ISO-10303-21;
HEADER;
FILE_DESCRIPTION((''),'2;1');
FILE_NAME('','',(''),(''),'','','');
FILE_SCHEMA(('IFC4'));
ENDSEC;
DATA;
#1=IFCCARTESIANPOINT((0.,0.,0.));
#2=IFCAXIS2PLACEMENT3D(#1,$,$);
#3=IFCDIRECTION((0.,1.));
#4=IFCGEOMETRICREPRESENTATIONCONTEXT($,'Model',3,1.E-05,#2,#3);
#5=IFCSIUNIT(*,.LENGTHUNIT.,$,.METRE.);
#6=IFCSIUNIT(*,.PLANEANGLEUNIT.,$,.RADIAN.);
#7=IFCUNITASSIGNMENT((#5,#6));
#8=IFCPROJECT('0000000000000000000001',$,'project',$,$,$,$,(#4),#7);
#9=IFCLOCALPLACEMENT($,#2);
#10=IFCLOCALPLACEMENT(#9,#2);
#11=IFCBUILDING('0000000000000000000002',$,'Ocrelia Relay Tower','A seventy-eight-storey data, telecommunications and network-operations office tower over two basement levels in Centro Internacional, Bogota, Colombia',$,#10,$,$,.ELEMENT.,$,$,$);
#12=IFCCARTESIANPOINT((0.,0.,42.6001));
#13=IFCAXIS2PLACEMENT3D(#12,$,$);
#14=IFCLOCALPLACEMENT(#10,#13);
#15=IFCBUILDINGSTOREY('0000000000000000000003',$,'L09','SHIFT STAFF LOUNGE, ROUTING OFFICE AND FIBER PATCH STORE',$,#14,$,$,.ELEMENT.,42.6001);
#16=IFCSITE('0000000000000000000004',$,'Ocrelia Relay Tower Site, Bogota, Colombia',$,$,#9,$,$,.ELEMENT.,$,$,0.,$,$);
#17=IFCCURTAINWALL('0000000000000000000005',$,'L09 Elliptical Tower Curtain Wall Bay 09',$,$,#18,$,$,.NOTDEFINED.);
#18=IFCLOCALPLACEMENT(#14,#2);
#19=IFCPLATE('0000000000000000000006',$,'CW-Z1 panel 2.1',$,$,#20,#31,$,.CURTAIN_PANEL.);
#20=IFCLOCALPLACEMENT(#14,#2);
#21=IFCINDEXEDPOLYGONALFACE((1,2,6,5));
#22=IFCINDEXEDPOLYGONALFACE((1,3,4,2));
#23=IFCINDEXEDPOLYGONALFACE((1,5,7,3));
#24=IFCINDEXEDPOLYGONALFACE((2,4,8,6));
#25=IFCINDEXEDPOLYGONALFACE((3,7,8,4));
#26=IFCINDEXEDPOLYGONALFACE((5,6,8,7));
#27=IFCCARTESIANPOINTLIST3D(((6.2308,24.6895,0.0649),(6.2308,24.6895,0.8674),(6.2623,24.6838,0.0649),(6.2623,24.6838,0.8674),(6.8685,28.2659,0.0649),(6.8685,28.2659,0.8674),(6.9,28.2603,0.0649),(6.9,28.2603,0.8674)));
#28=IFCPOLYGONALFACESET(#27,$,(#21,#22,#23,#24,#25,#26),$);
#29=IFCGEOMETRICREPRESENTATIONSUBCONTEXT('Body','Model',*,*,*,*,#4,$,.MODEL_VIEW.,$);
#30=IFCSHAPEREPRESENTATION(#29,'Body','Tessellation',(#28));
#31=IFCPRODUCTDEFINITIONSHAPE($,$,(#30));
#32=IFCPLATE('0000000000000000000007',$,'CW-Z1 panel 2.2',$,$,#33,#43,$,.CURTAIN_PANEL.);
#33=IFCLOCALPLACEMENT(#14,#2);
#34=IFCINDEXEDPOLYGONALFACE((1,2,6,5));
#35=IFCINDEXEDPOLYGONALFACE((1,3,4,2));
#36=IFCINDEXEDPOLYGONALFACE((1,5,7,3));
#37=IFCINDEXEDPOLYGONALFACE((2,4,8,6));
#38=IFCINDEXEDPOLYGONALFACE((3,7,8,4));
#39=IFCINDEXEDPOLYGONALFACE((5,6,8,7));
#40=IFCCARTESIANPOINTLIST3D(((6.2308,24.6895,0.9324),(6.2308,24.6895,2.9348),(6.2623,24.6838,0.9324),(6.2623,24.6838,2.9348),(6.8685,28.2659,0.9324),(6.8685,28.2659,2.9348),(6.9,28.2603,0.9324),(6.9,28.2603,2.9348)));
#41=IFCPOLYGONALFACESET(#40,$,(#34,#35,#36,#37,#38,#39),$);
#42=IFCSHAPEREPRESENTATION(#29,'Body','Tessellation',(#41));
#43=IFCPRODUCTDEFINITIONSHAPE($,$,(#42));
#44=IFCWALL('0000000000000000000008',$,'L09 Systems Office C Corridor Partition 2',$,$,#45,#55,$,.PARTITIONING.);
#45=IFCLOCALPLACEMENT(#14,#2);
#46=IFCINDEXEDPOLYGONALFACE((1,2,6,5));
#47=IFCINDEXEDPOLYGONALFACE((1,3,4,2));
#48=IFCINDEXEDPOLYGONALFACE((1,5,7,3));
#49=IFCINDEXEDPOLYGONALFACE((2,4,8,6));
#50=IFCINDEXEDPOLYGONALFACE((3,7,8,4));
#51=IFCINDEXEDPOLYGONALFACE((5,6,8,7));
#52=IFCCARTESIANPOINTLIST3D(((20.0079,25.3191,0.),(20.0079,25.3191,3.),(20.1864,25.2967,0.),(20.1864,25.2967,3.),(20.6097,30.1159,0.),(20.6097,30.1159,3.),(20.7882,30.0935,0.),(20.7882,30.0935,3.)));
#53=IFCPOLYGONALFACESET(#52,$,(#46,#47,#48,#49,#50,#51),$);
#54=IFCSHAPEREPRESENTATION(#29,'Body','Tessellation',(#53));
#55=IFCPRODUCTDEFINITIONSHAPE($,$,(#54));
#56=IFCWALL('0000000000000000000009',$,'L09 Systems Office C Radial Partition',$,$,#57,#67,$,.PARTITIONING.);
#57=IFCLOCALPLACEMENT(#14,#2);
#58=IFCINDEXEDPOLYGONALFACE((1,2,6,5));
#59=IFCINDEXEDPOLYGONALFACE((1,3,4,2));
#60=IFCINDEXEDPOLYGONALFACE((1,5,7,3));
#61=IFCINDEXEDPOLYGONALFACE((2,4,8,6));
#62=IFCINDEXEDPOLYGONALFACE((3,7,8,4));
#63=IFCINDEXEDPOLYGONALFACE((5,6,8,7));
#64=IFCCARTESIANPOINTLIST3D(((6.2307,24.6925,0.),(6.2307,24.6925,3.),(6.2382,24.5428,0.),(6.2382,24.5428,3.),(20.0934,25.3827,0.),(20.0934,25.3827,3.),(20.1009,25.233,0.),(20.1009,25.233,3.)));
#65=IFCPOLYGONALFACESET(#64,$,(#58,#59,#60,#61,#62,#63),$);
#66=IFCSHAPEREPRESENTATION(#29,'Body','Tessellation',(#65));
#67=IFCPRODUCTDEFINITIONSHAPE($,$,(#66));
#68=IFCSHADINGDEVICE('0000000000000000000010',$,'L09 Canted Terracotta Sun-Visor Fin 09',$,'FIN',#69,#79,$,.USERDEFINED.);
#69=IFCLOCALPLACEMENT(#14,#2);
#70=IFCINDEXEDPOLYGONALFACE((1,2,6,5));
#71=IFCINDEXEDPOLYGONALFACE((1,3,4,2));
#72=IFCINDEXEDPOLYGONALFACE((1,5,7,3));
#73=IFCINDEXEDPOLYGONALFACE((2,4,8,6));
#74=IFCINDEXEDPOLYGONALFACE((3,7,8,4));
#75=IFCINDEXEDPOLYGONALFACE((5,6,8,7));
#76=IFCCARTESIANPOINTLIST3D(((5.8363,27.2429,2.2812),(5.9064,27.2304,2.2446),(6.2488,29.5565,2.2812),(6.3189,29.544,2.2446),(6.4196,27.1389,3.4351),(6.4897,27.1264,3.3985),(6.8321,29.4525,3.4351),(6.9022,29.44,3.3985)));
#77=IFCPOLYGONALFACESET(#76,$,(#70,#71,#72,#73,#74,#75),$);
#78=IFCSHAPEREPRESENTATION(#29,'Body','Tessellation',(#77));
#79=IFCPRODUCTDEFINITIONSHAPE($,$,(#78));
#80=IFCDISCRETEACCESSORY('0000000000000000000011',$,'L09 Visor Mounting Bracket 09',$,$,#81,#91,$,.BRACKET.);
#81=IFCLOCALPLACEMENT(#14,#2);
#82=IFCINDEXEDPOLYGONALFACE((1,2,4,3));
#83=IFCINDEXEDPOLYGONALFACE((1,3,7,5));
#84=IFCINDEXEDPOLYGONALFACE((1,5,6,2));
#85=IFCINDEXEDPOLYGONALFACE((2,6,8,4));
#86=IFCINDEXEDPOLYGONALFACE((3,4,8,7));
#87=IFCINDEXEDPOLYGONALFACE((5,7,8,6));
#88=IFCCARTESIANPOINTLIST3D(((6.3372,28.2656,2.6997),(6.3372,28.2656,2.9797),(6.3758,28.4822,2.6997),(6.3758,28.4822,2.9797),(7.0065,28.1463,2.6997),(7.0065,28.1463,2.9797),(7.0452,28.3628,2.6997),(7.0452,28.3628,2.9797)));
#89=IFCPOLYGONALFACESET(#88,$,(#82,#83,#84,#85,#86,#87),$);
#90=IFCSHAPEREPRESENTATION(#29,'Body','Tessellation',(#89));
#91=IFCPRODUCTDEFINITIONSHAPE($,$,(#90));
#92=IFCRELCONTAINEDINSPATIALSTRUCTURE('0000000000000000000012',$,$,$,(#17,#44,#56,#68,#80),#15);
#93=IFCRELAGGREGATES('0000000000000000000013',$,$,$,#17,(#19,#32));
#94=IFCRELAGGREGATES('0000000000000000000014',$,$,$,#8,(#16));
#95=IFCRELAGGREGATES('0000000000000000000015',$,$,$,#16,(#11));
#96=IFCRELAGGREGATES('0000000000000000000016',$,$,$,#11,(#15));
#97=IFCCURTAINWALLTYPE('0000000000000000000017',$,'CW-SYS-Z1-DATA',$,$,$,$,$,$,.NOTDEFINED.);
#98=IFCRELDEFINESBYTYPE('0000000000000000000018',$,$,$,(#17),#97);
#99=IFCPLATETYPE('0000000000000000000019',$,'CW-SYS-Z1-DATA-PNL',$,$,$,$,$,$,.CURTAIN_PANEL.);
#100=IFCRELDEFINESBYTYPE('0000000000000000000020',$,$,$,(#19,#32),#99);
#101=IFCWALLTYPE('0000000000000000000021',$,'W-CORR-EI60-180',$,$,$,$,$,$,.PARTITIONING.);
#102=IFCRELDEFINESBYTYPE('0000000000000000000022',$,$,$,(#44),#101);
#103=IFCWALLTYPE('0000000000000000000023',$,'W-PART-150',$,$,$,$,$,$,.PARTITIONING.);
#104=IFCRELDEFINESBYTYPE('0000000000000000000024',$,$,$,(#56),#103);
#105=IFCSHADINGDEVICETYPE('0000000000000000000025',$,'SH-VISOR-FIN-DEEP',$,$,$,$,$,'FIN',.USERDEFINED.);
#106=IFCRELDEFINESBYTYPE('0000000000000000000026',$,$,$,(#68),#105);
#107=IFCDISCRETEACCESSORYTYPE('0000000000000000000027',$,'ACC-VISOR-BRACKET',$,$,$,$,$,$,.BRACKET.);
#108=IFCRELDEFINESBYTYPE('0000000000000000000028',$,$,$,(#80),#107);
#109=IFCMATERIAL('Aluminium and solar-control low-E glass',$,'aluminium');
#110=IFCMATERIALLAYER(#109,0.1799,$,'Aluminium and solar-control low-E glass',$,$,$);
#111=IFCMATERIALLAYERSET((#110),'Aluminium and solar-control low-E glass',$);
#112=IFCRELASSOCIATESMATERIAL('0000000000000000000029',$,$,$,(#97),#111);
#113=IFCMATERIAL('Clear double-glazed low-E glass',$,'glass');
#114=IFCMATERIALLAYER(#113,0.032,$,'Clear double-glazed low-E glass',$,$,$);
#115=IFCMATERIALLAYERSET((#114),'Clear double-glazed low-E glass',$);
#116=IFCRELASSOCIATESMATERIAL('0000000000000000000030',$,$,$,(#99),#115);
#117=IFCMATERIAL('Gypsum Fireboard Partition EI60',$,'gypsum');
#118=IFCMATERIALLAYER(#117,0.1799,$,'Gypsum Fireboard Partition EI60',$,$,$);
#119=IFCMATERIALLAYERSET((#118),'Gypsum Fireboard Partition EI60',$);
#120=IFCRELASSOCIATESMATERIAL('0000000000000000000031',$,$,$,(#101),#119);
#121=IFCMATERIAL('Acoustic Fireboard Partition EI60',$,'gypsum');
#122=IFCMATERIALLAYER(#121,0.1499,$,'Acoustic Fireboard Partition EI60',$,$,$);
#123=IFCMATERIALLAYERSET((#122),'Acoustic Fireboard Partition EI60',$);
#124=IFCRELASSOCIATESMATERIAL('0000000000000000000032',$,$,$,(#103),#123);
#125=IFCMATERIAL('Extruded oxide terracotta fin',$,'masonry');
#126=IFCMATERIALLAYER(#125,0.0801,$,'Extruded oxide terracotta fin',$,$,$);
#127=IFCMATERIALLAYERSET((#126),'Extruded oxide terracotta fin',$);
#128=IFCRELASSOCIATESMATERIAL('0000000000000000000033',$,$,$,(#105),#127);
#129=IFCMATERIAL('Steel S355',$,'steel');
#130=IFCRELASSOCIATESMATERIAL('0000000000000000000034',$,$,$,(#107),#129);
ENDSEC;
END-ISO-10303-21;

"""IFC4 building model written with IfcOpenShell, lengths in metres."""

from ifc_helpers import new_model, si_unit, direction, frame, frame_2d, origin, origin_2d, place, context, subcontext, project, spatial, rectangle, extrude, material, layer, layer_set, type_object, element, aggregate, save


model = new_model("IFC4")

# Units and contexts
model_context = context("Model", 3, precision=1e-05, world=origin(), true_north=direction((0.0, 1.0)))
body_context = subcontext(model_context, "Body", "Model", "MODEL_VIEW")
ifc_project = project(units=[si_unit("LENGTHUNIT", "METRE"), si_unit("PLANEANGLEUNIT", "RADIAN")], contexts=[model_context])

# Site, building, storey
site_placement = place(None, origin())
site = spatial("IfcSite", under=ifc_project, at=site_placement, Name="Ocrelia Relay Tower Site, Bogota, Colombia", CompositionType="ELEMENT", RefElevation=0.0)
building_placement = place(site_placement, origin())
building = spatial("IfcBuilding", under=site, at=building_placement, Name="Ocrelia Relay Tower", Description="A seventy-eight-storey data, telecommunications and network-operations office tower over two basement levels in Centro Internacional, Bogota, Colombia", CompositionType="ELEMENT")
storey_placement = place(building_placement, frame((0.0, 0.0, 42.6001)))
storey = spatial("IfcBuildingStorey", under=building, at=storey_placement, Name="L09", Description="SHIFT STAFF LOUNGE, ROUTING OFFICE AND FIBER PATCH STORE", CompositionType="ELEMENT", Elevation=42.6001)

# Shared definitions
ifc_material_1 = material(Name="Steel S355", Category="steel")

# Curtain wall
ifc_material_2 = material(Name="Aluminium and solar-control low-E glass", Category="aluminium")
ifc_layer_1 = layer(ifc_material_2, 0.1799, Name="Aluminium and solar-control low-E glass")
ifc_layer_set_1 = layer_set([ifc_layer_1], Name="Aluminium and solar-control low-E glass")
curtain_wall_type = type_object("IfcCurtainWallType", Name="CW-SYS-Z1-DATA", PredefinedType="NOTDEFINED", material=ifc_layer_set_1)
curtain_wall_1_placement = place(storey_placement, origin())
curtain_wall_1 = element("IfcCurtainWall", 1, at=curtain_wall_1_placement, inside=storey, type_object=curtain_wall_type, Name="L09 Elliptical Tower Curtain Wall Bay 09", PredefinedType="NOTDEFINED")

# Plates
ifc_material_3 = material(Name="Clear double-glazed low-E glass", Category="glass")
ifc_layer_2 = layer(ifc_material_3, 0.032, Name="Clear double-glazed low-E glass")
ifc_layer_set_2 = layer_set([ifc_layer_2], Name="Clear double-glazed low-E glass")
plate_type = type_object("IfcPlateType", Name="CW-SYS-Z1-DATA-PNL", PredefinedType="CURTAIN_PANEL", material=ifc_layer_set_2)
plate_1_placement = place(storey_placement, frame((6.5654, 26.4749, 0.0649), z_axis=(0.0, 0.0, 1.0), x_axis=(-0.175534, -0.984473, 0.0)))
plate_1 = element("IfcPlate", 2, at=plate_1_placement, type_object=plate_type, Name="CW-Z1 panel 2.1", PredefinedType="CURTAIN_PANEL", context=body_context, shape_type="SweptSolid", body=[
    extrude(rectangle(XDim=3.6328, YDim=0.032, at=origin_2d()), origin(), (0.0, 0.0, 1.0), 0.8025),
])
plate_2_placement = place(storey_placement, frame((6.5654, 26.4749, 0.9324), z_axis=(0.0, 0.0, 1.0), x_axis=(-0.175534, -0.984473, 0.0)))
plate_2 = element("IfcPlate", 3, at=plate_2_placement, type_object=plate_type, Name="CW-Z1 panel 2.2", PredefinedType="CURTAIN_PANEL", context=body_context, shape_type="SweptSolid", body=[
    extrude(rectangle(XDim=3.6328, YDim=0.032, at=origin_2d()), origin(), (0.0, 0.0, 1.0), 2.0024),
])
aggregate(curtain_wall_1, [plate_1, plate_2])

# Wall
ifc_material_4 = material(Name="Gypsum Fireboard Partition EI60", Category="gypsum")
ifc_layer_3 = layer(ifc_material_4, 0.1799, Name="Gypsum Fireboard Partition EI60")
ifc_layer_set_3 = layer_set([ifc_layer_3], Name="Gypsum Fireboard Partition EI60")
wall_type_1 = type_object("IfcWallType", Name="W-CORR-EI60-180", PredefinedType="PARTITIONING", material=ifc_layer_set_3)
wall_1_placement = place(storey_placement, frame((20.699, 30.1047, 0.0), z_axis=(0.0, 0.0, 1.0), x_axis=(-0.124482, -0.992222, 0.0)))
element("IfcWall", 4, at=wall_1_placement, inside=storey, type_object=wall_type_1, Name="L09 Systems Office C Corridor Partition 2", PredefinedType="PARTITIONING", context=body_context, shape_type="SweptSolid", body=[
    extrude(rectangle(XDim=4.8345, YDim=0.1799, at=frame_2d((2.4172, 0.0))), origin(), (0.0, 0.0, 1.0), 3.0),
])

# Wall
ifc_material_5 = material(Name="Acoustic Fireboard Partition EI60", Category="gypsum")
ifc_layer_4 = layer(ifc_material_5, 0.1499, Name="Acoustic Fireboard Partition EI60")
ifc_layer_set_4 = layer_set([ifc_layer_4], Name="Acoustic Fireboard Partition EI60")
wall_type_2 = type_object("IfcWallType", Name="W-PART-150", PredefinedType="PARTITIONING", material=ifc_layer_set_4)
wall_2_placement = place(storey_placement, frame((20.0972, 25.3079, 0.0), z_axis=(0.0, 0.0, 1.0), x_axis=(-0.998763, -0.049725, 0.0)))
element("IfcWall", 5, at=wall_2_placement, inside=storey, type_object=wall_type_2, Name="L09 Systems Office C Radial Partition", PredefinedType="PARTITIONING", context=body_context, shape_type="SweptSolid", body=[
    extrude(rectangle(XDim=13.8799, YDim=0.1499, at=frame_2d((6.9399, 0.0))), origin(), (0.0, 0.0, 1.0), 3.0),
])

# Shading device
ifc_material_6 = material(Name="Extruded oxide terracotta fin", Category="masonry")
ifc_layer_5 = layer(ifc_material_6, 0.0801, Name="Extruded oxide terracotta fin")
ifc_layer_set_5 = layer_set([ifc_layer_5], Name="Extruded oxide terracotta fin")
shading_device_type = type_object("IfcShadingDeviceType", Name="SH-VISOR-FIN-DEEP", ElementType="FIN", PredefinedType="USERDEFINED", material=ifc_layer_set_5)
shading_device_placement = place(storey_placement, frame((6.4043, 28.3352, 2.8215), z_axis=(-0.875764, 0.156151, 0.456787), x_axis=(-0.175534, -0.984473, 0.0)))
element("IfcShadingDevice", 6, at=shading_device_placement, inside=storey, type_object=shading_device_type, Name="L09 Canted Terracotta Sun-Visor Fin 09", ObjectType="FIN", PredefinedType="USERDEFINED", context=body_context, shape_type="SweptSolid", body=[
    extrude(rectangle(XDim=2.3501, YDim=1.2971, at=origin_2d()), origin(), (0.0, 0.0, 1.0), 0.0801),
])

# Discrete accessory
discrete_accessory_type = type_object("IfcDiscreteAccessoryType", Name="ACC-VISOR-BRACKET", PredefinedType="BRACKET", material=ifc_material_1)
discrete_accessory_placement = place(storey_placement, frame((6.6912, 28.3142, 2.6997), z_axis=(0.0, 0.0, 1.0), x_axis=(-0.175534, -0.984473, 0.0)))
element("IfcDiscreteAccessory", 7, at=discrete_accessory_placement, inside=storey, type_object=discrete_accessory_type, Name="L09 Visor Mounting Bracket 09", PredefinedType="BRACKET", context=body_context, shape_type="SweptSolid", body=[
    extrude(rectangle(XDim=0.22, YDim=0.6799, at=origin_2d()), origin(), (0.0, 0.0, 1.0), 0.28),
])

save(model, "model.ifc")
